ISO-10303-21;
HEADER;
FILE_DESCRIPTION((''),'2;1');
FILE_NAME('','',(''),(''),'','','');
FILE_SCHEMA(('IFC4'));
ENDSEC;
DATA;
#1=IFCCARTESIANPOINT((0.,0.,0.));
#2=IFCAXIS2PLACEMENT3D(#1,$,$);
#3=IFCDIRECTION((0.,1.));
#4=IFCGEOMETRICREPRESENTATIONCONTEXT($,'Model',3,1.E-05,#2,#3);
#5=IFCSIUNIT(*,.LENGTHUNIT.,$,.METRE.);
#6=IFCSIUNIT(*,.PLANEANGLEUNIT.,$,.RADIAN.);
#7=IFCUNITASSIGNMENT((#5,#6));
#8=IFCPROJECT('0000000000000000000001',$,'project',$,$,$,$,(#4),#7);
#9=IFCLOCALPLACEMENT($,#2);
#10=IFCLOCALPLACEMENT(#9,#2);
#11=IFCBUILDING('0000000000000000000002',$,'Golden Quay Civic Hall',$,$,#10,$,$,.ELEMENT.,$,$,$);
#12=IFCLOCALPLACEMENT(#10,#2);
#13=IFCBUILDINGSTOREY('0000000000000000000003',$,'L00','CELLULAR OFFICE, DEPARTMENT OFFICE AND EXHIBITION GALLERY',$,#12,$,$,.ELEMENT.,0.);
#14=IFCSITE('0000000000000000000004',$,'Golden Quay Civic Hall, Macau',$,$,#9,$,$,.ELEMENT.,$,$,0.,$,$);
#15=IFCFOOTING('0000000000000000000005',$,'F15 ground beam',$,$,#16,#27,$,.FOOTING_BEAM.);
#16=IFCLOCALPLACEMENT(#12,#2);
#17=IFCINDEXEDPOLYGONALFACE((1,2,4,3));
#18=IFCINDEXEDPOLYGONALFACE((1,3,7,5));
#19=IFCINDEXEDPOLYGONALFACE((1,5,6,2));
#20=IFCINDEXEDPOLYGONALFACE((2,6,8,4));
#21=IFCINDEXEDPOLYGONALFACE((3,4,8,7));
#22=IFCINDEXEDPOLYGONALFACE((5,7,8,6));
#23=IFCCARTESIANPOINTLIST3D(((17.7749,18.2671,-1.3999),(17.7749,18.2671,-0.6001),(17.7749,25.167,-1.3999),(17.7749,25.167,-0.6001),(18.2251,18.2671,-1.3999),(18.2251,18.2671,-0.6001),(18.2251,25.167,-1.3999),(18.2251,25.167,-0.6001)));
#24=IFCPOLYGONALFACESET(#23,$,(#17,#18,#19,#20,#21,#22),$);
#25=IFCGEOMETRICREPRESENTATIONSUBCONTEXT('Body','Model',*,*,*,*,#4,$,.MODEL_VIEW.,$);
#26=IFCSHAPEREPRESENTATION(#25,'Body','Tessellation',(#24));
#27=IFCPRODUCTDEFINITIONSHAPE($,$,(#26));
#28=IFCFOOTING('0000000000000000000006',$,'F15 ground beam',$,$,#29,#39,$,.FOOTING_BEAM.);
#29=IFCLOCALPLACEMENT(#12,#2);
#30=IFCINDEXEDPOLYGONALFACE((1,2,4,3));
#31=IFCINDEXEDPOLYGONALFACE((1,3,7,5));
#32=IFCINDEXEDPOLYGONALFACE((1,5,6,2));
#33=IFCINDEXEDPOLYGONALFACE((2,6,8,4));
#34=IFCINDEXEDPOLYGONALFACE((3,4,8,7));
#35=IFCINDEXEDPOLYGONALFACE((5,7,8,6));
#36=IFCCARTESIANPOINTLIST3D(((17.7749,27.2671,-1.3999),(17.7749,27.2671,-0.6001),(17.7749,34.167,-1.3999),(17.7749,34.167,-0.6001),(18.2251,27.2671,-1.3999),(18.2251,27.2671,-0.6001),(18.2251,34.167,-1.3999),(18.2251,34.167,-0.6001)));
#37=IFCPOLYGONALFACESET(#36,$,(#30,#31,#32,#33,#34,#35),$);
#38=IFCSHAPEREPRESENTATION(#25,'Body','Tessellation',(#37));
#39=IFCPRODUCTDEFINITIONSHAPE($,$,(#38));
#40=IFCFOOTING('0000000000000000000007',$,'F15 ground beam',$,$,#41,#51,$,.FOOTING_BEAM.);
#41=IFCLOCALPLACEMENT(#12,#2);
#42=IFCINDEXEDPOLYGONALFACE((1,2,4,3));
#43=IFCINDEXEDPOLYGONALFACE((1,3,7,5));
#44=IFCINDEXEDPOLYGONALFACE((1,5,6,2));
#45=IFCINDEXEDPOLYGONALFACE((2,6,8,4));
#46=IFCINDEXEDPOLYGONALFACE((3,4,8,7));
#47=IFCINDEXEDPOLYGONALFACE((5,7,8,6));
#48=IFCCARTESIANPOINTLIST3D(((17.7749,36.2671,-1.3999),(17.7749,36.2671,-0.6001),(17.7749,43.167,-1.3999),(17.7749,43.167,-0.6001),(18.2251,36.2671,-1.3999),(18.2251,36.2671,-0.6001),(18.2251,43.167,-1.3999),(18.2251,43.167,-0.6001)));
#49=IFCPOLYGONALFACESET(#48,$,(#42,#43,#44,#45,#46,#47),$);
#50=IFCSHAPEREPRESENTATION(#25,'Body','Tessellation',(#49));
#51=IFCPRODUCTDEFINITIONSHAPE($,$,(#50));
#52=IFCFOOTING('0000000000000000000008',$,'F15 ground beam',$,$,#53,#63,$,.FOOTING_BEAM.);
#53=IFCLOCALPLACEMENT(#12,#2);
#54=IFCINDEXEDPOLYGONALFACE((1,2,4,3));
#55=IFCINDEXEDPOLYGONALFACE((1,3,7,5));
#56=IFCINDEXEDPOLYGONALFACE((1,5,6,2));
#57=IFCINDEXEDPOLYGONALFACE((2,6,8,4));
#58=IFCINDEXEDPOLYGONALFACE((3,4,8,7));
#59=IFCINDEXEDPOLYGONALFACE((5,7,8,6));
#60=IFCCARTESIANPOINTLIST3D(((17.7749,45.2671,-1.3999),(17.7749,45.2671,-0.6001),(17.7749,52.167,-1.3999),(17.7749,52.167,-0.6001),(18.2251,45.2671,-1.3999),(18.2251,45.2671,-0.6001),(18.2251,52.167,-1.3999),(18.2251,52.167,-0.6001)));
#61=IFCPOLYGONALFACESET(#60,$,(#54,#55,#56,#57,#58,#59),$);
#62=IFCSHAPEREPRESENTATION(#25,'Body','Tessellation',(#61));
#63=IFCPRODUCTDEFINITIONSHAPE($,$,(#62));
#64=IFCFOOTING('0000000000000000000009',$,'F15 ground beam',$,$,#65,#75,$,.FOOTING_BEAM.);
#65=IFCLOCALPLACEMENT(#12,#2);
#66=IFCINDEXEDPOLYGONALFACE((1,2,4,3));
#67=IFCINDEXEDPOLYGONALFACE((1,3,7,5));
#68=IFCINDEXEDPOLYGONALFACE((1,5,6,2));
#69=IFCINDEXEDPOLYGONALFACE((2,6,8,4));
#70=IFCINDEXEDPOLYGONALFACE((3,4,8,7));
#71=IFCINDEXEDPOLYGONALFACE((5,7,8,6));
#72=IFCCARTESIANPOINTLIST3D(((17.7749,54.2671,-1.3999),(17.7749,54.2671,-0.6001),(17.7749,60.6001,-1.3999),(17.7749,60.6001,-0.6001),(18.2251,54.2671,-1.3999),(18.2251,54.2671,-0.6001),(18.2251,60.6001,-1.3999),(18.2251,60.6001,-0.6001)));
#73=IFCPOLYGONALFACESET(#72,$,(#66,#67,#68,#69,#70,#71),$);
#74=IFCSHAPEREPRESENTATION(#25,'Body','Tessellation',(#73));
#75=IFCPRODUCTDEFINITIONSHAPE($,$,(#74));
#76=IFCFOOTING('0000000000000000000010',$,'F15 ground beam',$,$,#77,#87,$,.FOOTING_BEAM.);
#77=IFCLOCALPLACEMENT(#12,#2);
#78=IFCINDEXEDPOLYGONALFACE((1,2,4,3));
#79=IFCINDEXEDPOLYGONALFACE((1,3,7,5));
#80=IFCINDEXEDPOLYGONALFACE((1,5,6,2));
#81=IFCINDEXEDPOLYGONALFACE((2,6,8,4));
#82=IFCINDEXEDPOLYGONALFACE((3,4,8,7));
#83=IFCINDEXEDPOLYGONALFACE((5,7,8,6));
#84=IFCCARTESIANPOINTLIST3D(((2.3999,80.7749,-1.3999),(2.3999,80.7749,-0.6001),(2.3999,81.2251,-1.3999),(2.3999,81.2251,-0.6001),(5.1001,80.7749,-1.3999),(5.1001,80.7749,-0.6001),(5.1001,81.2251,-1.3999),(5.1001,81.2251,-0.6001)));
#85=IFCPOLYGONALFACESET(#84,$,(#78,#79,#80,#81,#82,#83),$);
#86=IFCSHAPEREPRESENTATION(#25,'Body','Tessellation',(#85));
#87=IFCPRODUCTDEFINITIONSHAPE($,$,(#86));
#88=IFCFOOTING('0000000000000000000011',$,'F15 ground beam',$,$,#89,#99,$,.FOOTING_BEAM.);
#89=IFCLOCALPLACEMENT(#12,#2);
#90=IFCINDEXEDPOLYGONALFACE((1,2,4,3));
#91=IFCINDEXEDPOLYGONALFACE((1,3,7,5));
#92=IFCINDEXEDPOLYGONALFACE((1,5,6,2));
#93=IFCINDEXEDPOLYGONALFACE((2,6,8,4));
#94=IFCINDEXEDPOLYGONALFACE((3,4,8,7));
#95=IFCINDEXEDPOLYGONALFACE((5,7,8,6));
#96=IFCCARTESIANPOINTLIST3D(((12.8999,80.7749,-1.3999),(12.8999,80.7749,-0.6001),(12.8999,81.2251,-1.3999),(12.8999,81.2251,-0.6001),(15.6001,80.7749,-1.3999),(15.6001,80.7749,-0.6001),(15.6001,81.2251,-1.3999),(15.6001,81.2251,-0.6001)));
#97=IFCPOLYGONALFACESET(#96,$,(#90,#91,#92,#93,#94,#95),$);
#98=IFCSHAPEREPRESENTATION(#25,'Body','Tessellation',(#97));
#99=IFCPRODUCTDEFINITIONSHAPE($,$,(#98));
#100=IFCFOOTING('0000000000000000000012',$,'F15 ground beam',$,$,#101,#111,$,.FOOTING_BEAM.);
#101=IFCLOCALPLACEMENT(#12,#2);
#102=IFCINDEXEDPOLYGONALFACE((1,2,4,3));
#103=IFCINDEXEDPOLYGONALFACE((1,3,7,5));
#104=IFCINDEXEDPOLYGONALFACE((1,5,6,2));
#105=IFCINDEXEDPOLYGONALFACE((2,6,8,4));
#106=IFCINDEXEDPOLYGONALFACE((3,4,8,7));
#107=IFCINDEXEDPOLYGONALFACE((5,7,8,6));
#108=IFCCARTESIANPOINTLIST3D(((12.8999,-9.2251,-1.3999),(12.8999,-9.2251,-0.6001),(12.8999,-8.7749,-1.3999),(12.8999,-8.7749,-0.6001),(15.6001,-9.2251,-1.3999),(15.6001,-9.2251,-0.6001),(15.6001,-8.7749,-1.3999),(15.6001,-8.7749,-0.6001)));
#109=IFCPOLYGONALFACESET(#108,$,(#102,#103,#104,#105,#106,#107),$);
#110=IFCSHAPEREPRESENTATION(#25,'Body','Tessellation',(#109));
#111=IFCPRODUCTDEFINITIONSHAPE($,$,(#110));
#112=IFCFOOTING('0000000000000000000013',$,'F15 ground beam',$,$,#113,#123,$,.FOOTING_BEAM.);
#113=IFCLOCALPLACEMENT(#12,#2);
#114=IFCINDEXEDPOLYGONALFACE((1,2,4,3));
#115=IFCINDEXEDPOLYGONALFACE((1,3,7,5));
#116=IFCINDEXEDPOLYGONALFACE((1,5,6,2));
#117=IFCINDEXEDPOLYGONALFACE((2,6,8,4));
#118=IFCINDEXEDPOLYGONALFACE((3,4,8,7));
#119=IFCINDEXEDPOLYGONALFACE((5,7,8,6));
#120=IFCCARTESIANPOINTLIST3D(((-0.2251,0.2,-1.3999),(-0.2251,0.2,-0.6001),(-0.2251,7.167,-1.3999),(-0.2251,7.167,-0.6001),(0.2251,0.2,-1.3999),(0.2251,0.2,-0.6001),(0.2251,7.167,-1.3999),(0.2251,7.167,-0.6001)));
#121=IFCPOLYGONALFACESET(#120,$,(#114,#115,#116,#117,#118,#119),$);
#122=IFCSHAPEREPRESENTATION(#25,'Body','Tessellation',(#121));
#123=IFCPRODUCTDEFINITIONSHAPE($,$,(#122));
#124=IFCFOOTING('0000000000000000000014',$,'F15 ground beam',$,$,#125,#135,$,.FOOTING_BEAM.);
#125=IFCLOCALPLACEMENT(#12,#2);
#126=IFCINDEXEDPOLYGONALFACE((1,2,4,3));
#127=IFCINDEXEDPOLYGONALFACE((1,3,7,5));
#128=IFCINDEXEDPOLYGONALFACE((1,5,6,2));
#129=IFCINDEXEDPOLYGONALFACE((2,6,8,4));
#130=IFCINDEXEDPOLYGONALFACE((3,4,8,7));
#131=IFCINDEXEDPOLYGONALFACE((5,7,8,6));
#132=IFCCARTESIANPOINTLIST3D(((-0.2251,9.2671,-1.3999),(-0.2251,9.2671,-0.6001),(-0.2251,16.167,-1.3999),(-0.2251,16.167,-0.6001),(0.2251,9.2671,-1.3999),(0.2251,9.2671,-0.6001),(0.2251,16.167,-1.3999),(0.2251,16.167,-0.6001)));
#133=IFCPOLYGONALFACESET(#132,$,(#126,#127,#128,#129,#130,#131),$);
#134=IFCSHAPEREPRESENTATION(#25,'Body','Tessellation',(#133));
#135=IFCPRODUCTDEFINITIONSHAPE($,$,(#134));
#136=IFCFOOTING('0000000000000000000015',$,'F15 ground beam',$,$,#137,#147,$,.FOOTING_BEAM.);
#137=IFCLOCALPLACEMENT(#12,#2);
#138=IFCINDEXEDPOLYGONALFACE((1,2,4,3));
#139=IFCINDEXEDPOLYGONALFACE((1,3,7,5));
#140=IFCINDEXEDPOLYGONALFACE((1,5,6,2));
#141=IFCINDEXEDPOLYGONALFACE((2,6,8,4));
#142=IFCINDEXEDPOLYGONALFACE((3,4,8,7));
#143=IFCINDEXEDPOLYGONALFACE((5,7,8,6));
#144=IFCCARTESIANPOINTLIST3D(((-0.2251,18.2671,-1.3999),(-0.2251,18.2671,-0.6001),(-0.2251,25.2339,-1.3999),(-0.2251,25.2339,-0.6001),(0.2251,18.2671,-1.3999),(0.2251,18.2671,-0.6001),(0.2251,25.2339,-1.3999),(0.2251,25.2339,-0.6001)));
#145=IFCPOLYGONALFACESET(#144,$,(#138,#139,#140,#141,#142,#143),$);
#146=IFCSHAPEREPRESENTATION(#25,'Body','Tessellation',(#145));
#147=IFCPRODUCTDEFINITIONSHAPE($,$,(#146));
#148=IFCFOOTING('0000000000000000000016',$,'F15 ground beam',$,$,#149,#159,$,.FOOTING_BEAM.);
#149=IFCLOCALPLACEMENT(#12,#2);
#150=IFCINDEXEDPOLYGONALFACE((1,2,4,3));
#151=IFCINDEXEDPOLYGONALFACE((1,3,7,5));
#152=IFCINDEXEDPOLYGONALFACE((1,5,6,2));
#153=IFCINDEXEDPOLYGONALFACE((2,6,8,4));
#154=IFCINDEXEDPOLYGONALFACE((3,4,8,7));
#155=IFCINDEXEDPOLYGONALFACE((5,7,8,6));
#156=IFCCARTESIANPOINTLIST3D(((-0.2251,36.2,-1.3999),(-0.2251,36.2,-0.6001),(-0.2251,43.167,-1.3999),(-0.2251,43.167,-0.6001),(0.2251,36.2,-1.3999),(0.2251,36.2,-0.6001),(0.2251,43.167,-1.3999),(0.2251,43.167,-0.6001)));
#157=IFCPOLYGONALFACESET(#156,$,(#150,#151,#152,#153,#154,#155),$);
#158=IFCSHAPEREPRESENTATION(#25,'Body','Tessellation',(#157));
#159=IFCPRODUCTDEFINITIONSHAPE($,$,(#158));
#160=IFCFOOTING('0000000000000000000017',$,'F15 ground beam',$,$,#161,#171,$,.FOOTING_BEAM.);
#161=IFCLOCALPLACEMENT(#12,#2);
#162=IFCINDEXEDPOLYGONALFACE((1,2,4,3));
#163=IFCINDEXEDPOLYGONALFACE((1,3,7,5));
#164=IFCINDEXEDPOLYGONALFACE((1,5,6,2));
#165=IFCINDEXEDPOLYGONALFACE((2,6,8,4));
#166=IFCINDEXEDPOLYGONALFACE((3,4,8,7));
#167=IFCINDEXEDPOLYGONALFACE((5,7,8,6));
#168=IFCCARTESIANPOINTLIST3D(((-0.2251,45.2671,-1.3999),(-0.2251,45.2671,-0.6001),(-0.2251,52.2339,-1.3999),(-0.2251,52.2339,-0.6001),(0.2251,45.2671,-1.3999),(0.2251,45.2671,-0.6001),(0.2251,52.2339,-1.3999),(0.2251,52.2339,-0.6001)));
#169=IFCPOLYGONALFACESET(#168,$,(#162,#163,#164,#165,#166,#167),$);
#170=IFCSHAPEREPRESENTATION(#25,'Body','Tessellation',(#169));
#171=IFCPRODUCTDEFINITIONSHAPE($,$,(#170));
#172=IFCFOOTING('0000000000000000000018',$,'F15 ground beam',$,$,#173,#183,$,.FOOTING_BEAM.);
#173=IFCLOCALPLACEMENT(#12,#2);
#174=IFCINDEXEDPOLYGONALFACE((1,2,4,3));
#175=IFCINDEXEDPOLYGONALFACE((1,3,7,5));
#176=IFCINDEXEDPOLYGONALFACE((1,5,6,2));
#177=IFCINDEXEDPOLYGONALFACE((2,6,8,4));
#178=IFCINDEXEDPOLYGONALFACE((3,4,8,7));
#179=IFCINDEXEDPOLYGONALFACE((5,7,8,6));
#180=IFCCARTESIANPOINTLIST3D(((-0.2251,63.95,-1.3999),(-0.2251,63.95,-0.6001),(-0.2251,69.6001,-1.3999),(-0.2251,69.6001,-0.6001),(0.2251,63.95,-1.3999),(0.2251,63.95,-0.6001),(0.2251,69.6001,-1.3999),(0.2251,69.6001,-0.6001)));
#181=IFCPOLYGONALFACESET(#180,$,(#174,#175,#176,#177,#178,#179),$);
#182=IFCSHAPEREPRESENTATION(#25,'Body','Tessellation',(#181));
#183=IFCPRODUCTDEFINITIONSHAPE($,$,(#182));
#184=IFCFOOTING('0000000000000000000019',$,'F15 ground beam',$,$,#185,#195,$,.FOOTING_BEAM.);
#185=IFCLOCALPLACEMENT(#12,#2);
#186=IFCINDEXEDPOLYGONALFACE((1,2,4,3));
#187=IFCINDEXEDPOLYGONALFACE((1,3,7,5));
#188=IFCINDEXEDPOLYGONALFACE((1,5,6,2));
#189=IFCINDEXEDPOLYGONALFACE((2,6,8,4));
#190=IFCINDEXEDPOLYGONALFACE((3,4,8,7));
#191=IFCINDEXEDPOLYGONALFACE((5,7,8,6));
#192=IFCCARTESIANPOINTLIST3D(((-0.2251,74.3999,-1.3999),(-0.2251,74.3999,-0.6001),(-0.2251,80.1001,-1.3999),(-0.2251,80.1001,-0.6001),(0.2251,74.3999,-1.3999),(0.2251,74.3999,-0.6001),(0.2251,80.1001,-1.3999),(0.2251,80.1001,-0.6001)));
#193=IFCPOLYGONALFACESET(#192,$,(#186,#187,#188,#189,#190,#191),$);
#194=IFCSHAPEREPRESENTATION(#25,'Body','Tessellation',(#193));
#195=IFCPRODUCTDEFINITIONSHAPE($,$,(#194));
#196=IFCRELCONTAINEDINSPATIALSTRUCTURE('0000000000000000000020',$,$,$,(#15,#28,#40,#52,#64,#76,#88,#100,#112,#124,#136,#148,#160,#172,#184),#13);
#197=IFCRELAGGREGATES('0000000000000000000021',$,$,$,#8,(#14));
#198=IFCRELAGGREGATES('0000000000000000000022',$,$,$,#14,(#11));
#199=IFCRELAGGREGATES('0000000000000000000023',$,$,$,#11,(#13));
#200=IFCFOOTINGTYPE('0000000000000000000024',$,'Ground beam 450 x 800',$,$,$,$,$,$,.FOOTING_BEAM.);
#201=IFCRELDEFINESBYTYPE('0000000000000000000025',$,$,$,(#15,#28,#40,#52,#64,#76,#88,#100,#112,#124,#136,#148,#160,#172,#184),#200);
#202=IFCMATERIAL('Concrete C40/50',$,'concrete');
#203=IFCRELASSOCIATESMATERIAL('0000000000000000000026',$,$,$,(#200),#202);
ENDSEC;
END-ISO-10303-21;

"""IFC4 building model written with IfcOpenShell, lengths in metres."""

from ifc_helpers import new_model, si_unit, direction, frame, origin, place, context, subcontext, project, spatial, polyline, outline, extrude, material, type_object, element, save


model = new_model("IFC4")

# Units and contexts
model_context = context("Model", 3, precision=1e-05, world=origin(), true_north=direction((0.0, 1.0)))
body_context = subcontext(model_context, "Body", "Model", "MODEL_VIEW")
ifc_project = project(units=[si_unit("LENGTHUNIT", "METRE"), si_unit("PLANEANGLEUNIT", "RADIAN")], contexts=[model_context])

# Site, building, storey
site_placement = place(None, origin())
site = spatial("IfcSite", under=ifc_project, at=site_placement, Name="Golden Quay Civic Hall, Macau", CompositionType="ELEMENT", RefElevation=0.0)
building_placement = place(site_placement, origin())
building = spatial("IfcBuilding", under=site, at=building_placement, Name="Golden Quay Civic Hall", CompositionType="ELEMENT")
storey_placement = place(building_placement, origin())
storey = spatial("IfcBuildingStorey", under=building, at=storey_placement, Name="L00", Description="CELLULAR OFFICE, DEPARTMENT OFFICE AND EXHIBITION GALLERY", CompositionType="ELEMENT", Elevation=0.0)

# Footings
ifc_material_1 = material(Name="Concrete C40/50", Category="concrete")
footing_type = type_object("IfcFootingType", Name="Ground beam 450 x 800", PredefinedType="FOOTING_BEAM", material=ifc_material_1)
footing_1_placement = place(storey_placement, frame((0.0, 0.0, -1.3999)))
element("IfcFooting", 1, at=footing_1_placement, inside=storey, type_object=footing_type, Name="F15 ground beam", PredefinedType="FOOTING_BEAM", context=body_context, shape_type="SweptSolid", body=[
    extrude(outline(polyline([(18.2251, 18.2671), (17.7749, 18.2671), (17.7749, 25.167), (18.2251, 25.167), (18.2251, 18.2671)])), origin(), (0.0, 0.0, 1.0), 0.7998),
])
footing_2_placement = place(storey_placement, frame((0.0, 0.0, -1.3999)))
element("IfcFooting", 2, at=footing_2_placement, inside=storey, type_object=footing_type, Name="F15 ground beam", PredefinedType="FOOTING_BEAM", context=body_context, shape_type="SweptSolid", body=[
    extrude(outline(polyline([(18.2251, 27.2671), (17.7749, 27.2671), (17.7749, 34.167), (18.2251, 34.167), (18.2251, 27.2671)])), origin(), (0.0, 0.0, 1.0), 0.7998),
])
footing_3_placement = place(storey_placement, frame((0.0, 0.0, -1.3999)))
element("IfcFooting", 3, at=footing_3_placement, inside=storey, type_object=footing_type, Name="F15 ground beam", PredefinedType="FOOTING_BEAM", context=body_context, shape_type="SweptSolid", body=[
    extrude(outline(polyline([(18.2251, 36.2671), (17.7749, 36.2671), (17.7749, 43.167), (18.2251, 43.167), (18.2251, 36.2671)])), origin(), (0.0, 0.0, 1.0), 0.7998),
])
footing_4_placement = place(storey_placement, frame((0.0, 0.0, -1.3999)))
element("IfcFooting", 4, at=footing_4_placement, inside=storey, type_object=footing_type, Name="F15 ground beam", PredefinedType="FOOTING_BEAM", context=body_context, shape_type="SweptSolid", body=[
    extrude(outline(polyline([(18.2251, 45.2671), (17.7749, 45.2671), (17.7749, 52.167), (18.2251, 52.167), (18.2251, 45.2671)])), origin(), (0.0, 0.0, 1.0), 0.7998),
])
footing_5_placement = place(storey_placement, frame((0.0, 0.0, -1.3999)))
element("IfcFooting", 5, at=footing_5_placement, inside=storey, type_object=footing_type, Name="F15 ground beam", PredefinedType="FOOTING_BEAM", context=body_context, shape_type="SweptSolid", body=[
    extrude(outline(polyline([(18.2251, 54.2671), (17.7749, 54.2671), (17.7749, 60.6001), (18.2251, 60.6001), (18.2251, 54.2671)])), origin(), (0.0, 0.0, 1.0), 0.7998),
])
footing_6_placement = place(storey_placement, frame((0.0, 0.0, -1.3999)))
element("IfcFooting", 6, at=footing_6_placement, inside=storey, type_object=footing_type, Name="F15 ground beam", PredefinedType="FOOTING_BEAM", context=body_context, shape_type="SweptSolid", body=[
    extrude(outline(polyline([(5.1001, 81.2251), (5.1001, 80.7749), (2.3999, 80.7749), (2.3999, 81.2251), (5.1001, 81.2251)])), origin(), (0.0, 0.0, 1.0), 0.7998),
])
footing_7_placement = place(storey_placement, frame((0.0, 0.0, -1.3999)))
element("IfcFooting", 7, at=footing_7_placement, inside=storey, type_object=footing_type, Name="F15 ground beam", PredefinedType="FOOTING_BEAM", context=body_context, shape_type="SweptSolid", body=[
    extrude(outline(polyline([(15.6001, 81.2251), (15.6001, 80.7749), (12.8999, 80.7749), (12.8999, 81.2251), (15.6001, 81.2251)])), origin(), (0.0, 0.0, 1.0), 0.7998),
])
footing_8_placement = place(storey_placement, frame((0.0, 0.0, -1.3999)))
element("IfcFooting", 8, at=footing_8_placement, inside=storey, type_object=footing_type, Name="F15 ground beam", PredefinedType="FOOTING_BEAM", context=body_context, shape_type="SweptSolid", body=[
    extrude(outline(polyline([(12.8999, -9.2251), (12.8999, -8.7749), (15.6001, -8.7749), (15.6001, -9.2251), (12.8999, -9.2251)])), origin(), (0.0, 0.0, 1.0), 0.7998),
])
footing_9_placement = place(storey_placement, frame((0.0, 0.0, -1.3999)))
element("IfcFooting", 9, at=footing_9_placement, inside=storey, type_object=footing_type, Name="F15 ground beam", PredefinedType="FOOTING_BEAM", context=body_context, shape_type="SweptSolid", body=[
    extrude(outline(polyline([(-0.2251, 7.167), (0.2251, 7.167), (0.2251, 0.2), (-0.2251, 0.2), (-0.2251, 7.167)])), origin(), (0.0, 0.0, 1.0), 0.7998),
])
footing_10_placement = place(storey_placement, frame((0.0, 0.0, -1.3999)))
element("IfcFooting", 10, at=footing_10_placement, inside=storey, type_object=footing_type, Name="F15 ground beam", PredefinedType="FOOTING_BEAM", context=body_context, shape_type="SweptSolid", body=[
    extrude(outline(polyline([(-0.2251, 16.167), (0.2251, 16.167), (0.2251, 9.2671), (-0.2251, 9.2671), (-0.2251, 16.167)])), origin(), (0.0, 0.0, 1.0), 0.7998),
])
footing_11_placement = place(storey_placement, frame((0.0, 0.0, -1.3999)))
element("IfcFooting", 11, at=footing_11_placement, inside=storey, type_object=footing_type, Name="F15 ground beam", PredefinedType="FOOTING_BEAM", context=body_context, shape_type="SweptSolid", body=[
    extrude(outline(polyline([(-0.2251, 25.2339), (0.2251, 25.2339), (0.2251, 18.2671), (-0.2251, 18.2671), (-0.2251, 25.2339)])), origin(), (0.0, 0.0, 1.0), 0.7998),
])
footing_12_placement = place(storey_placement, frame((0.0, 0.0, -1.3999)))
element("IfcFooting", 12, at=footing_12_placement, inside=storey, type_object=footing_type, Name="F15 ground beam", PredefinedType="FOOTING_BEAM", context=body_context, shape_type="SweptSolid", body=[
    extrude(outline(polyline([(-0.2251, 43.167), (0.2251, 43.167), (0.2251, 36.2), (-0.2251, 36.2), (-0.2251, 43.167)])), origin(), (0.0, 0.0, 1.0), 0.7998),
])
footing_13_placement = place(storey_placement, frame((0.0, 0.0, -1.3999)))
element("IfcFooting", 13, at=footing_13_placement, inside=storey, type_object=footing_type, Name="F15 ground beam", PredefinedType="FOOTING_BEAM", context=body_context, shape_type="SweptSolid", body=[
    extrude(outline(polyline([(-0.2251, 52.2339), (0.2251, 52.2339), (0.2251, 45.2671), (-0.2251, 45.2671), (-0.2251, 52.2339)])), origin(), (0.0, 0.0, 1.0), 0.7998),
])
footing_14_placement = place(storey_placement, frame((0.0, 0.0, -1.3999)))
element("IfcFooting", 14, at=footing_14_placement, inside=storey, type_object=footing_type, Name="F15 ground beam", PredefinedType="FOOTING_BEAM", context=body_context, shape_type="SweptSolid", body=[
    extrude(outline(polyline([(-0.2251, 69.6001), (0.2251, 69.6001), (0.2251, 63.95), (-0.2251, 63.95), (-0.2251, 69.6001)])), origin(), (0.0, 0.0, 1.0), 0.7998),
])
footing_15_placement = place(storey_placement, frame((0.0, 0.0, -1.3999)))
element("IfcFooting", 15, at=footing_15_placement, inside=storey, type_object=footing_type, Name="F15 ground beam", PredefinedType="FOOTING_BEAM", context=body_context, shape_type="SweptSolid", body=[
    extrude(outline(polyline([(-0.2251, 80.1001), (0.2251, 80.1001), (0.2251, 74.3999), (-0.2251, 74.3999), (-0.2251, 80.1001)])), origin(), (0.0, 0.0, 1.0), 0.7998),
])

save(model, "model.ifc")
